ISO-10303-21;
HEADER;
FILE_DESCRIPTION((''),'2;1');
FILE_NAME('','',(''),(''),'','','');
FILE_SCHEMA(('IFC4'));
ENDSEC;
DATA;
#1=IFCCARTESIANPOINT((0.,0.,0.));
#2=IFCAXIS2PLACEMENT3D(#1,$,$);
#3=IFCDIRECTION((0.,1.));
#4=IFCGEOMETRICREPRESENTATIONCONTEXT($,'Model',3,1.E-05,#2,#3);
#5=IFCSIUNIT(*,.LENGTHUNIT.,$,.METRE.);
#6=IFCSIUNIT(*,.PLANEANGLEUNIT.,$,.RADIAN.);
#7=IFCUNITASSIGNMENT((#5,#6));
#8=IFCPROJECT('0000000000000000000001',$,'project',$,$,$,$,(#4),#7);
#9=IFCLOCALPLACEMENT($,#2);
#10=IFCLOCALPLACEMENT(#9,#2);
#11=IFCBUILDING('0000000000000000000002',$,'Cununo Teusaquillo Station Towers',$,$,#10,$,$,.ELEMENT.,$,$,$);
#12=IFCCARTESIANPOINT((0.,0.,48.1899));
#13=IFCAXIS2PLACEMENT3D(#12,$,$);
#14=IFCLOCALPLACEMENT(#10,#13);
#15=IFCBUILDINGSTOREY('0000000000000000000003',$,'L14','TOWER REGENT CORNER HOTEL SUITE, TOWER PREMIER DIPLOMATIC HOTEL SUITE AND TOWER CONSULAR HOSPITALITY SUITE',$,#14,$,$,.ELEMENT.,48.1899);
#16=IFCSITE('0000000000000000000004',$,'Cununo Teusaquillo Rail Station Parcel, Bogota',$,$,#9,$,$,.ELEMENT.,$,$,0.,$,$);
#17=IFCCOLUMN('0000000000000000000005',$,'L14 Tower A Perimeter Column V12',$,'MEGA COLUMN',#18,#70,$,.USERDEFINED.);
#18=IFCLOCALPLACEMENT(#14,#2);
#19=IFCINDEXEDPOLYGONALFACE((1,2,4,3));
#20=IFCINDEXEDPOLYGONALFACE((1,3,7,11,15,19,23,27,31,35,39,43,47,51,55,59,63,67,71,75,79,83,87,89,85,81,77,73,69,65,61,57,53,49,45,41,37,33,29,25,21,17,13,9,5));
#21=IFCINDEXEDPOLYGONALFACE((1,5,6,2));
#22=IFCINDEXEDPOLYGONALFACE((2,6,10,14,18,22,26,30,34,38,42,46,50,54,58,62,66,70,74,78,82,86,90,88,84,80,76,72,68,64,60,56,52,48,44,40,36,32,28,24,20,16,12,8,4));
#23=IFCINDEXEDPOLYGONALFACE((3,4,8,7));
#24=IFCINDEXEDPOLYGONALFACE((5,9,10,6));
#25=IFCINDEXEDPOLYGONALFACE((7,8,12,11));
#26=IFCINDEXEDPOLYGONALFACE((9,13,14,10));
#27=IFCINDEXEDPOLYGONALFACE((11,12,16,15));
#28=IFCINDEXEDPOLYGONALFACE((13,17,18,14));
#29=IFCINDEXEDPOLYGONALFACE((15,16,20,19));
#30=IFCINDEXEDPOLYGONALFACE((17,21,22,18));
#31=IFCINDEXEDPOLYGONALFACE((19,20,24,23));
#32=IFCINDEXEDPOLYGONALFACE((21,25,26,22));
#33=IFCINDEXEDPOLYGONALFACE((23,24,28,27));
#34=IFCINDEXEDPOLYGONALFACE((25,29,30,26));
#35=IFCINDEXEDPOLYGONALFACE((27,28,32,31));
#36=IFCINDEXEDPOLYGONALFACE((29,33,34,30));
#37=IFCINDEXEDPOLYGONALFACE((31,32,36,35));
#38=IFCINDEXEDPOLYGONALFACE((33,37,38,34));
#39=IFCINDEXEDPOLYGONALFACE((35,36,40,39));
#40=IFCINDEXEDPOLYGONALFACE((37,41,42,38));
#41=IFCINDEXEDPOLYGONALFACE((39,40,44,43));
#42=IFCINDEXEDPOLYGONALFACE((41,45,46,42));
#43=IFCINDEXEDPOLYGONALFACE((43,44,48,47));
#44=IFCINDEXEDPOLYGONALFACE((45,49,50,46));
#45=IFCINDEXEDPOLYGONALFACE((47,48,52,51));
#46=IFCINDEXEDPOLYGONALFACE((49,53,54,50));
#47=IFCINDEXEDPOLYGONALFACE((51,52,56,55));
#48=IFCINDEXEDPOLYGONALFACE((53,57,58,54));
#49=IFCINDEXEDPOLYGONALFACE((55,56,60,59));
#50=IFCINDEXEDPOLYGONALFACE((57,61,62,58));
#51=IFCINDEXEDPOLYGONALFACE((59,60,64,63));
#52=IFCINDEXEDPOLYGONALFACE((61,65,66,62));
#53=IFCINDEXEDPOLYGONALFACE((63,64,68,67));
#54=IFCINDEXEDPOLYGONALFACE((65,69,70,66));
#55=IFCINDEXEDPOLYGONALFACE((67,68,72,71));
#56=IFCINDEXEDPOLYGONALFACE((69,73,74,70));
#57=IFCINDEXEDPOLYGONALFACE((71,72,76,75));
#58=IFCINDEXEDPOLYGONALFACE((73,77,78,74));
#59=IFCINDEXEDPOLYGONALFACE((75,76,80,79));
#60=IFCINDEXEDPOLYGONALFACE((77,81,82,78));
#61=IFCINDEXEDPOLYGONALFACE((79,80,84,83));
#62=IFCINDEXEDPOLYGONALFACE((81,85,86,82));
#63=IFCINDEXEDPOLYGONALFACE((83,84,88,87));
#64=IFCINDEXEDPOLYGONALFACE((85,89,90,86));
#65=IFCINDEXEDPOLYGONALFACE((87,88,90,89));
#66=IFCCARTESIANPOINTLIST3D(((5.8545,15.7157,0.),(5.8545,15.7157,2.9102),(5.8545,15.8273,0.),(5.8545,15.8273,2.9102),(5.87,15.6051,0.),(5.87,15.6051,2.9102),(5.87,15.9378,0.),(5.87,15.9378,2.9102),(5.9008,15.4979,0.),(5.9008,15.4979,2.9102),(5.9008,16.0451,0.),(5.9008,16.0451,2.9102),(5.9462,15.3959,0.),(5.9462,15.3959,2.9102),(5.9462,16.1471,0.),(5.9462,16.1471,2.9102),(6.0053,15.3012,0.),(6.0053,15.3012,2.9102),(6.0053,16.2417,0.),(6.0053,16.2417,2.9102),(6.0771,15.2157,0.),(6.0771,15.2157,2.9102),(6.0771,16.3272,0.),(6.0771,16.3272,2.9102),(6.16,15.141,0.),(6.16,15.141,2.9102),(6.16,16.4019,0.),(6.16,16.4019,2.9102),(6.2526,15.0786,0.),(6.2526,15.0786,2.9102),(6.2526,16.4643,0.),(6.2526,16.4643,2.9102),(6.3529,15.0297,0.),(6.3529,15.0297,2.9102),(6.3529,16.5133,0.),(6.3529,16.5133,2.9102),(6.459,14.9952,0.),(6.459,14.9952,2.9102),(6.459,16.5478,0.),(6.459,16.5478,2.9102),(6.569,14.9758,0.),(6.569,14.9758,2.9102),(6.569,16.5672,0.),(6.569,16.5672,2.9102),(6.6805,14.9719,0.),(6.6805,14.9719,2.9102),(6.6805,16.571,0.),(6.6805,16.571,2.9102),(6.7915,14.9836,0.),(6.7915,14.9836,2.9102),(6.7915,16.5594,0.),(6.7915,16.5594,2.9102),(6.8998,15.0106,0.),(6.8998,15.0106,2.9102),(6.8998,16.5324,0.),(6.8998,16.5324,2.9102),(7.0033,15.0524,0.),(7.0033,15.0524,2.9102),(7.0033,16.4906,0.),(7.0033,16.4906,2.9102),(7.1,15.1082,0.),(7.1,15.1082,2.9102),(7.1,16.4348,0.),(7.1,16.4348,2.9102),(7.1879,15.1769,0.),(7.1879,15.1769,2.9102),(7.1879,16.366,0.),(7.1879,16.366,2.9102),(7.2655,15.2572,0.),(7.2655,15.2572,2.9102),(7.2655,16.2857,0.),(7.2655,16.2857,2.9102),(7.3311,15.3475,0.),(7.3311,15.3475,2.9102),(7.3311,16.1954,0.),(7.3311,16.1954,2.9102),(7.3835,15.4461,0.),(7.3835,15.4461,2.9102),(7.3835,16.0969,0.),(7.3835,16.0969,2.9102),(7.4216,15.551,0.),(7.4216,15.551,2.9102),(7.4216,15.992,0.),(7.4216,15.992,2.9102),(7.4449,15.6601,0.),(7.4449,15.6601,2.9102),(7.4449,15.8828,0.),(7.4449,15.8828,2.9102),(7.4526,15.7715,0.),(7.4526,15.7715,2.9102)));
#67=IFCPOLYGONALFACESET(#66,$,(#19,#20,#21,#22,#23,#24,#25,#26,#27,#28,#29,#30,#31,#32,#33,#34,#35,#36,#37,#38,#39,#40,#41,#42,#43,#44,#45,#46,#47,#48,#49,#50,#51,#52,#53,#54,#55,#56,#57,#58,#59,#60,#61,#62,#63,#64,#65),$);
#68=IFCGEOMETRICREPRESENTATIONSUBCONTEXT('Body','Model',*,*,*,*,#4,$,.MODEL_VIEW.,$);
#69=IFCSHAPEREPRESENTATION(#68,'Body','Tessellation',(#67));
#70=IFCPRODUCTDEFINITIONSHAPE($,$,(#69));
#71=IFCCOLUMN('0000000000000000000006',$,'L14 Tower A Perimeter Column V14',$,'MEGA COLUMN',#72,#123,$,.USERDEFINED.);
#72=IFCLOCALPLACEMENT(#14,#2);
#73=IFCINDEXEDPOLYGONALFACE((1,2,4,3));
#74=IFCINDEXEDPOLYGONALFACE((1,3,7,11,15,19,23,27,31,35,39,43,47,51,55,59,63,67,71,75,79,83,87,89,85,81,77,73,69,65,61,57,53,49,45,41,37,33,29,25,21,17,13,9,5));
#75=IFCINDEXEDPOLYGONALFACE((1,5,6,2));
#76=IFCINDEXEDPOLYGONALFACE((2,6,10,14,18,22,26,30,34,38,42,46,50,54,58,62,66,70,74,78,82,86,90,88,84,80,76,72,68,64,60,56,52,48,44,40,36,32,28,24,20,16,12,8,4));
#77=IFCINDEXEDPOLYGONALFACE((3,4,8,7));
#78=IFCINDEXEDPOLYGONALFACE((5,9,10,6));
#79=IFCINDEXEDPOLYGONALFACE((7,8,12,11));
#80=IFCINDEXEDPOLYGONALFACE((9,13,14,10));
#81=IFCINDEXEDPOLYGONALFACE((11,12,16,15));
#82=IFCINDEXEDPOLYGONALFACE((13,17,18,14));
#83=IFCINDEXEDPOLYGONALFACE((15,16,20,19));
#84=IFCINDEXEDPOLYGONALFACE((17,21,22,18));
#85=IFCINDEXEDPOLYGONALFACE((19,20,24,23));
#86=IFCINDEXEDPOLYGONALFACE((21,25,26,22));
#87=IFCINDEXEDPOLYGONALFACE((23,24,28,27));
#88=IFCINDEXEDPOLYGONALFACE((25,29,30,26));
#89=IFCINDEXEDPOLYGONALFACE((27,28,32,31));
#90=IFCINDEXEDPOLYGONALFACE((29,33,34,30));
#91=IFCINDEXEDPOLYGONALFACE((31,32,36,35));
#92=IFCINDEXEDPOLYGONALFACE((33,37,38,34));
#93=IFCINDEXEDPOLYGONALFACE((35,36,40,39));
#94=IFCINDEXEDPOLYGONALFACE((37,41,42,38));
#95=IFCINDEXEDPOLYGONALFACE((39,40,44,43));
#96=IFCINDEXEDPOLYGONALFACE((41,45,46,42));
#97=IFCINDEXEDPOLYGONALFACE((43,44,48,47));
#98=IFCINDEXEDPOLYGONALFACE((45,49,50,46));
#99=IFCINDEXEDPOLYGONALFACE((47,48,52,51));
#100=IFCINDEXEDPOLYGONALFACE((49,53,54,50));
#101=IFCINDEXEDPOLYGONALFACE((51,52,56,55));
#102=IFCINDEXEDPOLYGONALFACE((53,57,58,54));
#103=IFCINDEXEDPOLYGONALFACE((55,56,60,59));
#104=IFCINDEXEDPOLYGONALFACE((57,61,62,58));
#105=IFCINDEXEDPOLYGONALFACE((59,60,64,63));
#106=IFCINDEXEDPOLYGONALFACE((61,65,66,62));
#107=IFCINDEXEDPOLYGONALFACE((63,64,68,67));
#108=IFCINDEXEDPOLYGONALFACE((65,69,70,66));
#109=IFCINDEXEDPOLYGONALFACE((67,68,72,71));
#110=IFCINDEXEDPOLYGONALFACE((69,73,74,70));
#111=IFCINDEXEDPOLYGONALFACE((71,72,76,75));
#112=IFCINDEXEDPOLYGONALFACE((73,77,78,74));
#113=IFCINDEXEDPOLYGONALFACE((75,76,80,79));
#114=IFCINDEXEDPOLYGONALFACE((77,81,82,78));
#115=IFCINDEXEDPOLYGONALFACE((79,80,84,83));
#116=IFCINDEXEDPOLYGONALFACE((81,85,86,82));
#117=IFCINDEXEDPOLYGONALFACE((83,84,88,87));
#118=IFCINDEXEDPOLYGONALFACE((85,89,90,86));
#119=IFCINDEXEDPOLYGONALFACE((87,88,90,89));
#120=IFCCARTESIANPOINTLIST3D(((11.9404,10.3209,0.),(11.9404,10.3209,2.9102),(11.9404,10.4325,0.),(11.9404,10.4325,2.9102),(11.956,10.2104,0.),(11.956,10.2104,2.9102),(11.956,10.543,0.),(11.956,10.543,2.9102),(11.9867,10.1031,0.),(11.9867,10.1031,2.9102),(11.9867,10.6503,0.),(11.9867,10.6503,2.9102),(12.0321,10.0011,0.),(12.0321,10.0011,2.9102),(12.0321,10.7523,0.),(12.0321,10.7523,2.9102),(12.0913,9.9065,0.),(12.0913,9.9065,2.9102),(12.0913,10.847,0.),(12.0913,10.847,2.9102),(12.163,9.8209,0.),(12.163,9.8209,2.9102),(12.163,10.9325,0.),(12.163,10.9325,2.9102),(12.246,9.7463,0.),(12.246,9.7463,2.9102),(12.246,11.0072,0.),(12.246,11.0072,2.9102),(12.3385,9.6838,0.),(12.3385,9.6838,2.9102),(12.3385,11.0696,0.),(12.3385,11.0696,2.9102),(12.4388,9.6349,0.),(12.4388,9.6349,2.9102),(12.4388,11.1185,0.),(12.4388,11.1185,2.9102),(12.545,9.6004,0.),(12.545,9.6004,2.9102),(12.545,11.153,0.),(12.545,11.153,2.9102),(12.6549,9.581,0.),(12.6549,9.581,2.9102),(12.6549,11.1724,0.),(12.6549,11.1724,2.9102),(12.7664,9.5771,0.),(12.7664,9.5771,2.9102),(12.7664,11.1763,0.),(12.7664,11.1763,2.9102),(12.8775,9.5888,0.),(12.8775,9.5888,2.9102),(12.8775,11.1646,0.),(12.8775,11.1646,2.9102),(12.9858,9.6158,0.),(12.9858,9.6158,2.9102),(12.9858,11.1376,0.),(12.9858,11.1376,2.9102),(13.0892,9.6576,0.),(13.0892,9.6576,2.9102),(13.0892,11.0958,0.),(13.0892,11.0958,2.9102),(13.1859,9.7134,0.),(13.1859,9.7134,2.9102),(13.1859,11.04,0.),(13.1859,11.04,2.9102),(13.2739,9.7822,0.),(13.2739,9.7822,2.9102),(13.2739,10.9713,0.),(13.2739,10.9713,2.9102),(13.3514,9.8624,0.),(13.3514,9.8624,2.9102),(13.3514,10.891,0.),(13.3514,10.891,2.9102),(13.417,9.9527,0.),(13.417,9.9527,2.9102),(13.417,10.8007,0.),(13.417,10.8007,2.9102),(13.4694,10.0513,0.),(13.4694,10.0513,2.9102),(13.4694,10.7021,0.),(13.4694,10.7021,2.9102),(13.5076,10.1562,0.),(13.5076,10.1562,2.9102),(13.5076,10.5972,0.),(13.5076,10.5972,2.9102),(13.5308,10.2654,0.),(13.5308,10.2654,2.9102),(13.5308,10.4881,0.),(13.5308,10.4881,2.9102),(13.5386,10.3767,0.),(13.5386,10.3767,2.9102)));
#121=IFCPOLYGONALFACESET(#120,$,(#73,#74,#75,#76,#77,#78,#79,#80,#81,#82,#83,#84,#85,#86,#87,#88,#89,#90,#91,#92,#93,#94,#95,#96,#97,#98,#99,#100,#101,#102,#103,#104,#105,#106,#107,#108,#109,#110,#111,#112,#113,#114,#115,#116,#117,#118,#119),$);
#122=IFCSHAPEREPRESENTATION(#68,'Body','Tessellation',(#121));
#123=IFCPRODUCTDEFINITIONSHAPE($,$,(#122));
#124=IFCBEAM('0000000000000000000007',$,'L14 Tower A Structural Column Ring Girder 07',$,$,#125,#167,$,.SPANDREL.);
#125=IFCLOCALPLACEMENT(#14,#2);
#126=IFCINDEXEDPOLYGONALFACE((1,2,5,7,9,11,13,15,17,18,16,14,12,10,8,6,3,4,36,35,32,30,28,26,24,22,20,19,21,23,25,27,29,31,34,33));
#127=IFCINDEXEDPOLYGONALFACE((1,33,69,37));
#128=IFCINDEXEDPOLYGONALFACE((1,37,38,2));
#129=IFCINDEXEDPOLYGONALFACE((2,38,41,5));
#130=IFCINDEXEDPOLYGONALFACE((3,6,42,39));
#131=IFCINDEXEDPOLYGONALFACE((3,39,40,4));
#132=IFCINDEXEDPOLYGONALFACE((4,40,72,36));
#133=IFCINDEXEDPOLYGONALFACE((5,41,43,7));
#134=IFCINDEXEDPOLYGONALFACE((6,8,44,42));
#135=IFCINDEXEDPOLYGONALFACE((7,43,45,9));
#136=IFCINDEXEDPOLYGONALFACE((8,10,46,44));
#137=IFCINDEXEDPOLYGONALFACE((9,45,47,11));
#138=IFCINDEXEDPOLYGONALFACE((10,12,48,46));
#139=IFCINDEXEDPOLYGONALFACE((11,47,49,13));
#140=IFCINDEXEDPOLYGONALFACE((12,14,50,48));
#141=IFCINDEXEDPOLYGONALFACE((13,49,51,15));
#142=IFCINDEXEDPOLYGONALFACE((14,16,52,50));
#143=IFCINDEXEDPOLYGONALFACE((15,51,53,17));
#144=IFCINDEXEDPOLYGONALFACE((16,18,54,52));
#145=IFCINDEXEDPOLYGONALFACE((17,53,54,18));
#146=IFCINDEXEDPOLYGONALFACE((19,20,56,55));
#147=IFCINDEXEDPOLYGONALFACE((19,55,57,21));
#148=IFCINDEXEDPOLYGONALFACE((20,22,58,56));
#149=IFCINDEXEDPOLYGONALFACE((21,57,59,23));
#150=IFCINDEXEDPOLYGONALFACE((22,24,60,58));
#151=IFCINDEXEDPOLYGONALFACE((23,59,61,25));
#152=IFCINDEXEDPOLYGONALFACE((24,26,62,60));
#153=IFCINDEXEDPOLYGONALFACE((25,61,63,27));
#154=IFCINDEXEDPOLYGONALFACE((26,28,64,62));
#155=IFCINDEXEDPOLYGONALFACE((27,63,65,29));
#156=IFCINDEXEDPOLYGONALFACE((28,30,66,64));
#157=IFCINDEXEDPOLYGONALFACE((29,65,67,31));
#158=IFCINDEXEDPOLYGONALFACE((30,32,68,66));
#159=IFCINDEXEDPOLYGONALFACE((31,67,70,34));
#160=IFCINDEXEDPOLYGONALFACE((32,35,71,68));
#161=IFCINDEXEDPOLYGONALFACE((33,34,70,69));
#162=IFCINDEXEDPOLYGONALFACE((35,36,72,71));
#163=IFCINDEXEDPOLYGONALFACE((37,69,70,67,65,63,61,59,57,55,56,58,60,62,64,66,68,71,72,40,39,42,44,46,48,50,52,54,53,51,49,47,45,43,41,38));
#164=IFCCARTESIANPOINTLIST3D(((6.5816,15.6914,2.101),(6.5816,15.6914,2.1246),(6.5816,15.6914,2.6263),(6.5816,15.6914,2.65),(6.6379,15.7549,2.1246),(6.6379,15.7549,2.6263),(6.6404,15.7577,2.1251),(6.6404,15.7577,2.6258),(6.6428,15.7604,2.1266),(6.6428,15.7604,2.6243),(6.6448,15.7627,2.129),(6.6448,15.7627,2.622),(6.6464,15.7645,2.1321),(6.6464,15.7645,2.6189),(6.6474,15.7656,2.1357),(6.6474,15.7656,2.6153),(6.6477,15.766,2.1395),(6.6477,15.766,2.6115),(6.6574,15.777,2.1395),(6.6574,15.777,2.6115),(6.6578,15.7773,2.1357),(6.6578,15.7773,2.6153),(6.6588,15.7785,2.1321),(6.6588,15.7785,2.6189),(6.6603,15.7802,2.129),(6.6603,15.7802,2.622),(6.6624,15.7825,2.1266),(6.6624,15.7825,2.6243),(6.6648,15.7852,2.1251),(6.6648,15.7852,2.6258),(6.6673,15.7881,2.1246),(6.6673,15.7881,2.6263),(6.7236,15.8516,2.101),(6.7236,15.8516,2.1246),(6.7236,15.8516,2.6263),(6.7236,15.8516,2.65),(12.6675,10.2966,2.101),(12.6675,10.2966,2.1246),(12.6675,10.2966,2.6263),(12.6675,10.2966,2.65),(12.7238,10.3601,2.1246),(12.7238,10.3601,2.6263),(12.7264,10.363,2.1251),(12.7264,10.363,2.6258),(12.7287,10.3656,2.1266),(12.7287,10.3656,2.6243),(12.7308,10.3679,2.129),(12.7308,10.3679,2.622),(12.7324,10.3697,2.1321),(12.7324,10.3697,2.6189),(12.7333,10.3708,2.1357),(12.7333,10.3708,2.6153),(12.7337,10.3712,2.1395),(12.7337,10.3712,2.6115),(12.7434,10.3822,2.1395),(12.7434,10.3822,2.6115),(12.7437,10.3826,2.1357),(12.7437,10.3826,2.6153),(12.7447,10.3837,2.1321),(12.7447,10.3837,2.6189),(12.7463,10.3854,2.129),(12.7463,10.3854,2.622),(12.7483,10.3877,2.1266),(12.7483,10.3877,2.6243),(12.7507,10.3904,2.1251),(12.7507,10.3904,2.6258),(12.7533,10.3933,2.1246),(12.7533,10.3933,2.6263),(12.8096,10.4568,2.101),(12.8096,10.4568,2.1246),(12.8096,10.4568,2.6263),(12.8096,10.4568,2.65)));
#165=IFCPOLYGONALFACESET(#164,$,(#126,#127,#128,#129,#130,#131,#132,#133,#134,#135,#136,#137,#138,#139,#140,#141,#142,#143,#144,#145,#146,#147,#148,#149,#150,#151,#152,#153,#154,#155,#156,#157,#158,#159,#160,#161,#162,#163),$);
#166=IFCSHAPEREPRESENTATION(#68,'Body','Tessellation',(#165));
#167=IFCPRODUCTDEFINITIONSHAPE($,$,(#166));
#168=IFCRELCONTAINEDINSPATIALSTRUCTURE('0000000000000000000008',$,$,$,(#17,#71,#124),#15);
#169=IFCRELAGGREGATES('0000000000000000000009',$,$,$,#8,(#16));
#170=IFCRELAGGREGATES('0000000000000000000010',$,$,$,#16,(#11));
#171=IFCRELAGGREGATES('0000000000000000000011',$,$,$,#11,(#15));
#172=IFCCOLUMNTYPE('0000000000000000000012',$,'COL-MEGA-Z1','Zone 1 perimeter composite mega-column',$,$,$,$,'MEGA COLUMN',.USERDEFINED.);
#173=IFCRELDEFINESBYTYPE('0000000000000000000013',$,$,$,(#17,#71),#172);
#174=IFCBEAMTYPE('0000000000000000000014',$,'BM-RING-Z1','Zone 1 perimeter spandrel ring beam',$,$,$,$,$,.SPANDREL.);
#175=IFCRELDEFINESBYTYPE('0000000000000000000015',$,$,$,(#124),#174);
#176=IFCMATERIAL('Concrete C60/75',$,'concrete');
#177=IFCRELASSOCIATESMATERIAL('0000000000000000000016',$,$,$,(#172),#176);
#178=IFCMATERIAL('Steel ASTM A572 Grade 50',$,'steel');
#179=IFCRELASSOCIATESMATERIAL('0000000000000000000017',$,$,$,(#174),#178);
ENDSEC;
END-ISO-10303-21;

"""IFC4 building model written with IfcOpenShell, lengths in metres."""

from ifc_helpers import new_model, si_unit, direction, frame, origin, origin_2d, place, context, subcontext, project, spatial, circle, i_section, extrude, material, material_profile, profile_set, type_object, element, save


model = new_model("IFC4")

# Units and contexts
model_context = context("Model", 3, precision=1e-05, world=origin(), true_north=direction((0.0, 1.0)))
body_context = subcontext(model_context, "Body", "Model", "MODEL_VIEW")
ifc_project = project(units=[si_unit("LENGTHUNIT", "METRE"), si_unit("PLANEANGLEUNIT", "RADIAN")], contexts=[model_context])

# Site, building, storey
site_placement = place(None, origin())
site = spatial("IfcSite", under=ifc_project, at=site_placement, Name="Cununo Teusaquillo Rail Station Parcel, Bogota", CompositionType="ELEMENT", RefElevation=0.0)
building_placement = place(site_placement, origin())
building = spatial("IfcBuilding", under=site, at=building_placement, Name="Cununo Teusaquillo Station Towers", CompositionType="ELEMENT")
storey_placement = place(building_placement, frame((0.0, 0.0, 48.1899)))
storey = spatial("IfcBuildingStorey", under=building, at=storey_placement, Name="L14", Description="TOWER REGENT CORNER HOTEL SUITE, TOWER PREMIER DIPLOMATIC HOTEL SUITE AND TOWER CONSULAR HOSPITALITY SUITE", CompositionType="ELEMENT", Elevation=48.1899)

# Columns
ifc_material_1 = material(Name="Concrete C60/75", Category="concrete")
ifc_material_profile_1 = material_profile(ifc_material_1, circle(Radius=0.8, at=origin_2d()), Name="RC-CIRC-1600")
ifc_profile_set_1 = profile_set([ifc_material_profile_1], Name="Concrete C60/75")
column_type = type_object("IfcColumnType", Name="COL-MEGA-Z1", Description="Zone 1 perimeter composite mega-column", ElementType="MEGA COLUMN", PredefinedType="USERDEFINED", material=ifc_profile_set_1)
for number, where, z_axis, x_axis, name in (
    (1, (6.6526, 15.7715, 0.0), (0.0, 0.0, 1.0), (1.0, 0.0, 0.0), "L14 Tower A Perimeter Column V12"),
    (2, (12.7385, 10.3767, 0.0), (0.0, 0.0, 1.0), (1.0, 0.0, 0.0), "L14 Tower A Perimeter Column V14"),
):
    element("IfcColumn", number, at=place(storey_placement, frame(where, z_axis=z_axis, x_axis=x_axis)), inside=storey, type_object=column_type, Name=name, ObjectType="MEGA COLUMN", PredefinedType="USERDEFINED", context=body_context, shape_type="SweptSolid", body=[
        extrude(circle(Radius=0.8, at=origin_2d()), origin(), (0.0, 0.0, 1.0), 2.9102),
    ])

# Beam
ifc_material_2 = material(Name="Steel ASTM A572 Grade 50", Category="steel")
ifc_material_profile_2 = material_profile(ifc_material_2, i_section(OverallWidth=0.2141, OverallDepth=0.5491, WebThickness=0.0146, FlangeThickness=0.0237, FilletRadius=0.0149, at=origin_2d()), Name="W21X93")
ifc_profile_set_2 = profile_set([ifc_material_profile_2], Name="Steel ASTM A572 Grade 50")
beam_type = type_object("IfcBeamType", Name="BM-RING-Z1", Description="Zone 1 perimeter spandrel ring beam", PredefinedType="SPANDREL", material=ifc_profile_set_2)
beam_1_placement = place(storey_placement, frame((6.6526, 15.7715, 2.3755), z_axis=(0.748321, -0.663337, 0.0), x_axis=(0.663337, 0.748321, 0.0)))
element("IfcBeam", 3, at=beam_1_placement, inside=storey, type_object=beam_type, Name="L14 Tower A Structural Column Ring Girder 07", PredefinedType="SPANDREL", context=body_context, shape_type="SweptSolid", body=[
    extrude(i_section(OverallWidth=0.2141, OverallDepth=0.5491, WebThickness=0.0146, FlangeThickness=0.0237, FilletRadius=0.0149, at=origin_2d()), origin(), (0.0, 0.0, 1.0), 8.1328),
])

save(model, "model.ifc")
